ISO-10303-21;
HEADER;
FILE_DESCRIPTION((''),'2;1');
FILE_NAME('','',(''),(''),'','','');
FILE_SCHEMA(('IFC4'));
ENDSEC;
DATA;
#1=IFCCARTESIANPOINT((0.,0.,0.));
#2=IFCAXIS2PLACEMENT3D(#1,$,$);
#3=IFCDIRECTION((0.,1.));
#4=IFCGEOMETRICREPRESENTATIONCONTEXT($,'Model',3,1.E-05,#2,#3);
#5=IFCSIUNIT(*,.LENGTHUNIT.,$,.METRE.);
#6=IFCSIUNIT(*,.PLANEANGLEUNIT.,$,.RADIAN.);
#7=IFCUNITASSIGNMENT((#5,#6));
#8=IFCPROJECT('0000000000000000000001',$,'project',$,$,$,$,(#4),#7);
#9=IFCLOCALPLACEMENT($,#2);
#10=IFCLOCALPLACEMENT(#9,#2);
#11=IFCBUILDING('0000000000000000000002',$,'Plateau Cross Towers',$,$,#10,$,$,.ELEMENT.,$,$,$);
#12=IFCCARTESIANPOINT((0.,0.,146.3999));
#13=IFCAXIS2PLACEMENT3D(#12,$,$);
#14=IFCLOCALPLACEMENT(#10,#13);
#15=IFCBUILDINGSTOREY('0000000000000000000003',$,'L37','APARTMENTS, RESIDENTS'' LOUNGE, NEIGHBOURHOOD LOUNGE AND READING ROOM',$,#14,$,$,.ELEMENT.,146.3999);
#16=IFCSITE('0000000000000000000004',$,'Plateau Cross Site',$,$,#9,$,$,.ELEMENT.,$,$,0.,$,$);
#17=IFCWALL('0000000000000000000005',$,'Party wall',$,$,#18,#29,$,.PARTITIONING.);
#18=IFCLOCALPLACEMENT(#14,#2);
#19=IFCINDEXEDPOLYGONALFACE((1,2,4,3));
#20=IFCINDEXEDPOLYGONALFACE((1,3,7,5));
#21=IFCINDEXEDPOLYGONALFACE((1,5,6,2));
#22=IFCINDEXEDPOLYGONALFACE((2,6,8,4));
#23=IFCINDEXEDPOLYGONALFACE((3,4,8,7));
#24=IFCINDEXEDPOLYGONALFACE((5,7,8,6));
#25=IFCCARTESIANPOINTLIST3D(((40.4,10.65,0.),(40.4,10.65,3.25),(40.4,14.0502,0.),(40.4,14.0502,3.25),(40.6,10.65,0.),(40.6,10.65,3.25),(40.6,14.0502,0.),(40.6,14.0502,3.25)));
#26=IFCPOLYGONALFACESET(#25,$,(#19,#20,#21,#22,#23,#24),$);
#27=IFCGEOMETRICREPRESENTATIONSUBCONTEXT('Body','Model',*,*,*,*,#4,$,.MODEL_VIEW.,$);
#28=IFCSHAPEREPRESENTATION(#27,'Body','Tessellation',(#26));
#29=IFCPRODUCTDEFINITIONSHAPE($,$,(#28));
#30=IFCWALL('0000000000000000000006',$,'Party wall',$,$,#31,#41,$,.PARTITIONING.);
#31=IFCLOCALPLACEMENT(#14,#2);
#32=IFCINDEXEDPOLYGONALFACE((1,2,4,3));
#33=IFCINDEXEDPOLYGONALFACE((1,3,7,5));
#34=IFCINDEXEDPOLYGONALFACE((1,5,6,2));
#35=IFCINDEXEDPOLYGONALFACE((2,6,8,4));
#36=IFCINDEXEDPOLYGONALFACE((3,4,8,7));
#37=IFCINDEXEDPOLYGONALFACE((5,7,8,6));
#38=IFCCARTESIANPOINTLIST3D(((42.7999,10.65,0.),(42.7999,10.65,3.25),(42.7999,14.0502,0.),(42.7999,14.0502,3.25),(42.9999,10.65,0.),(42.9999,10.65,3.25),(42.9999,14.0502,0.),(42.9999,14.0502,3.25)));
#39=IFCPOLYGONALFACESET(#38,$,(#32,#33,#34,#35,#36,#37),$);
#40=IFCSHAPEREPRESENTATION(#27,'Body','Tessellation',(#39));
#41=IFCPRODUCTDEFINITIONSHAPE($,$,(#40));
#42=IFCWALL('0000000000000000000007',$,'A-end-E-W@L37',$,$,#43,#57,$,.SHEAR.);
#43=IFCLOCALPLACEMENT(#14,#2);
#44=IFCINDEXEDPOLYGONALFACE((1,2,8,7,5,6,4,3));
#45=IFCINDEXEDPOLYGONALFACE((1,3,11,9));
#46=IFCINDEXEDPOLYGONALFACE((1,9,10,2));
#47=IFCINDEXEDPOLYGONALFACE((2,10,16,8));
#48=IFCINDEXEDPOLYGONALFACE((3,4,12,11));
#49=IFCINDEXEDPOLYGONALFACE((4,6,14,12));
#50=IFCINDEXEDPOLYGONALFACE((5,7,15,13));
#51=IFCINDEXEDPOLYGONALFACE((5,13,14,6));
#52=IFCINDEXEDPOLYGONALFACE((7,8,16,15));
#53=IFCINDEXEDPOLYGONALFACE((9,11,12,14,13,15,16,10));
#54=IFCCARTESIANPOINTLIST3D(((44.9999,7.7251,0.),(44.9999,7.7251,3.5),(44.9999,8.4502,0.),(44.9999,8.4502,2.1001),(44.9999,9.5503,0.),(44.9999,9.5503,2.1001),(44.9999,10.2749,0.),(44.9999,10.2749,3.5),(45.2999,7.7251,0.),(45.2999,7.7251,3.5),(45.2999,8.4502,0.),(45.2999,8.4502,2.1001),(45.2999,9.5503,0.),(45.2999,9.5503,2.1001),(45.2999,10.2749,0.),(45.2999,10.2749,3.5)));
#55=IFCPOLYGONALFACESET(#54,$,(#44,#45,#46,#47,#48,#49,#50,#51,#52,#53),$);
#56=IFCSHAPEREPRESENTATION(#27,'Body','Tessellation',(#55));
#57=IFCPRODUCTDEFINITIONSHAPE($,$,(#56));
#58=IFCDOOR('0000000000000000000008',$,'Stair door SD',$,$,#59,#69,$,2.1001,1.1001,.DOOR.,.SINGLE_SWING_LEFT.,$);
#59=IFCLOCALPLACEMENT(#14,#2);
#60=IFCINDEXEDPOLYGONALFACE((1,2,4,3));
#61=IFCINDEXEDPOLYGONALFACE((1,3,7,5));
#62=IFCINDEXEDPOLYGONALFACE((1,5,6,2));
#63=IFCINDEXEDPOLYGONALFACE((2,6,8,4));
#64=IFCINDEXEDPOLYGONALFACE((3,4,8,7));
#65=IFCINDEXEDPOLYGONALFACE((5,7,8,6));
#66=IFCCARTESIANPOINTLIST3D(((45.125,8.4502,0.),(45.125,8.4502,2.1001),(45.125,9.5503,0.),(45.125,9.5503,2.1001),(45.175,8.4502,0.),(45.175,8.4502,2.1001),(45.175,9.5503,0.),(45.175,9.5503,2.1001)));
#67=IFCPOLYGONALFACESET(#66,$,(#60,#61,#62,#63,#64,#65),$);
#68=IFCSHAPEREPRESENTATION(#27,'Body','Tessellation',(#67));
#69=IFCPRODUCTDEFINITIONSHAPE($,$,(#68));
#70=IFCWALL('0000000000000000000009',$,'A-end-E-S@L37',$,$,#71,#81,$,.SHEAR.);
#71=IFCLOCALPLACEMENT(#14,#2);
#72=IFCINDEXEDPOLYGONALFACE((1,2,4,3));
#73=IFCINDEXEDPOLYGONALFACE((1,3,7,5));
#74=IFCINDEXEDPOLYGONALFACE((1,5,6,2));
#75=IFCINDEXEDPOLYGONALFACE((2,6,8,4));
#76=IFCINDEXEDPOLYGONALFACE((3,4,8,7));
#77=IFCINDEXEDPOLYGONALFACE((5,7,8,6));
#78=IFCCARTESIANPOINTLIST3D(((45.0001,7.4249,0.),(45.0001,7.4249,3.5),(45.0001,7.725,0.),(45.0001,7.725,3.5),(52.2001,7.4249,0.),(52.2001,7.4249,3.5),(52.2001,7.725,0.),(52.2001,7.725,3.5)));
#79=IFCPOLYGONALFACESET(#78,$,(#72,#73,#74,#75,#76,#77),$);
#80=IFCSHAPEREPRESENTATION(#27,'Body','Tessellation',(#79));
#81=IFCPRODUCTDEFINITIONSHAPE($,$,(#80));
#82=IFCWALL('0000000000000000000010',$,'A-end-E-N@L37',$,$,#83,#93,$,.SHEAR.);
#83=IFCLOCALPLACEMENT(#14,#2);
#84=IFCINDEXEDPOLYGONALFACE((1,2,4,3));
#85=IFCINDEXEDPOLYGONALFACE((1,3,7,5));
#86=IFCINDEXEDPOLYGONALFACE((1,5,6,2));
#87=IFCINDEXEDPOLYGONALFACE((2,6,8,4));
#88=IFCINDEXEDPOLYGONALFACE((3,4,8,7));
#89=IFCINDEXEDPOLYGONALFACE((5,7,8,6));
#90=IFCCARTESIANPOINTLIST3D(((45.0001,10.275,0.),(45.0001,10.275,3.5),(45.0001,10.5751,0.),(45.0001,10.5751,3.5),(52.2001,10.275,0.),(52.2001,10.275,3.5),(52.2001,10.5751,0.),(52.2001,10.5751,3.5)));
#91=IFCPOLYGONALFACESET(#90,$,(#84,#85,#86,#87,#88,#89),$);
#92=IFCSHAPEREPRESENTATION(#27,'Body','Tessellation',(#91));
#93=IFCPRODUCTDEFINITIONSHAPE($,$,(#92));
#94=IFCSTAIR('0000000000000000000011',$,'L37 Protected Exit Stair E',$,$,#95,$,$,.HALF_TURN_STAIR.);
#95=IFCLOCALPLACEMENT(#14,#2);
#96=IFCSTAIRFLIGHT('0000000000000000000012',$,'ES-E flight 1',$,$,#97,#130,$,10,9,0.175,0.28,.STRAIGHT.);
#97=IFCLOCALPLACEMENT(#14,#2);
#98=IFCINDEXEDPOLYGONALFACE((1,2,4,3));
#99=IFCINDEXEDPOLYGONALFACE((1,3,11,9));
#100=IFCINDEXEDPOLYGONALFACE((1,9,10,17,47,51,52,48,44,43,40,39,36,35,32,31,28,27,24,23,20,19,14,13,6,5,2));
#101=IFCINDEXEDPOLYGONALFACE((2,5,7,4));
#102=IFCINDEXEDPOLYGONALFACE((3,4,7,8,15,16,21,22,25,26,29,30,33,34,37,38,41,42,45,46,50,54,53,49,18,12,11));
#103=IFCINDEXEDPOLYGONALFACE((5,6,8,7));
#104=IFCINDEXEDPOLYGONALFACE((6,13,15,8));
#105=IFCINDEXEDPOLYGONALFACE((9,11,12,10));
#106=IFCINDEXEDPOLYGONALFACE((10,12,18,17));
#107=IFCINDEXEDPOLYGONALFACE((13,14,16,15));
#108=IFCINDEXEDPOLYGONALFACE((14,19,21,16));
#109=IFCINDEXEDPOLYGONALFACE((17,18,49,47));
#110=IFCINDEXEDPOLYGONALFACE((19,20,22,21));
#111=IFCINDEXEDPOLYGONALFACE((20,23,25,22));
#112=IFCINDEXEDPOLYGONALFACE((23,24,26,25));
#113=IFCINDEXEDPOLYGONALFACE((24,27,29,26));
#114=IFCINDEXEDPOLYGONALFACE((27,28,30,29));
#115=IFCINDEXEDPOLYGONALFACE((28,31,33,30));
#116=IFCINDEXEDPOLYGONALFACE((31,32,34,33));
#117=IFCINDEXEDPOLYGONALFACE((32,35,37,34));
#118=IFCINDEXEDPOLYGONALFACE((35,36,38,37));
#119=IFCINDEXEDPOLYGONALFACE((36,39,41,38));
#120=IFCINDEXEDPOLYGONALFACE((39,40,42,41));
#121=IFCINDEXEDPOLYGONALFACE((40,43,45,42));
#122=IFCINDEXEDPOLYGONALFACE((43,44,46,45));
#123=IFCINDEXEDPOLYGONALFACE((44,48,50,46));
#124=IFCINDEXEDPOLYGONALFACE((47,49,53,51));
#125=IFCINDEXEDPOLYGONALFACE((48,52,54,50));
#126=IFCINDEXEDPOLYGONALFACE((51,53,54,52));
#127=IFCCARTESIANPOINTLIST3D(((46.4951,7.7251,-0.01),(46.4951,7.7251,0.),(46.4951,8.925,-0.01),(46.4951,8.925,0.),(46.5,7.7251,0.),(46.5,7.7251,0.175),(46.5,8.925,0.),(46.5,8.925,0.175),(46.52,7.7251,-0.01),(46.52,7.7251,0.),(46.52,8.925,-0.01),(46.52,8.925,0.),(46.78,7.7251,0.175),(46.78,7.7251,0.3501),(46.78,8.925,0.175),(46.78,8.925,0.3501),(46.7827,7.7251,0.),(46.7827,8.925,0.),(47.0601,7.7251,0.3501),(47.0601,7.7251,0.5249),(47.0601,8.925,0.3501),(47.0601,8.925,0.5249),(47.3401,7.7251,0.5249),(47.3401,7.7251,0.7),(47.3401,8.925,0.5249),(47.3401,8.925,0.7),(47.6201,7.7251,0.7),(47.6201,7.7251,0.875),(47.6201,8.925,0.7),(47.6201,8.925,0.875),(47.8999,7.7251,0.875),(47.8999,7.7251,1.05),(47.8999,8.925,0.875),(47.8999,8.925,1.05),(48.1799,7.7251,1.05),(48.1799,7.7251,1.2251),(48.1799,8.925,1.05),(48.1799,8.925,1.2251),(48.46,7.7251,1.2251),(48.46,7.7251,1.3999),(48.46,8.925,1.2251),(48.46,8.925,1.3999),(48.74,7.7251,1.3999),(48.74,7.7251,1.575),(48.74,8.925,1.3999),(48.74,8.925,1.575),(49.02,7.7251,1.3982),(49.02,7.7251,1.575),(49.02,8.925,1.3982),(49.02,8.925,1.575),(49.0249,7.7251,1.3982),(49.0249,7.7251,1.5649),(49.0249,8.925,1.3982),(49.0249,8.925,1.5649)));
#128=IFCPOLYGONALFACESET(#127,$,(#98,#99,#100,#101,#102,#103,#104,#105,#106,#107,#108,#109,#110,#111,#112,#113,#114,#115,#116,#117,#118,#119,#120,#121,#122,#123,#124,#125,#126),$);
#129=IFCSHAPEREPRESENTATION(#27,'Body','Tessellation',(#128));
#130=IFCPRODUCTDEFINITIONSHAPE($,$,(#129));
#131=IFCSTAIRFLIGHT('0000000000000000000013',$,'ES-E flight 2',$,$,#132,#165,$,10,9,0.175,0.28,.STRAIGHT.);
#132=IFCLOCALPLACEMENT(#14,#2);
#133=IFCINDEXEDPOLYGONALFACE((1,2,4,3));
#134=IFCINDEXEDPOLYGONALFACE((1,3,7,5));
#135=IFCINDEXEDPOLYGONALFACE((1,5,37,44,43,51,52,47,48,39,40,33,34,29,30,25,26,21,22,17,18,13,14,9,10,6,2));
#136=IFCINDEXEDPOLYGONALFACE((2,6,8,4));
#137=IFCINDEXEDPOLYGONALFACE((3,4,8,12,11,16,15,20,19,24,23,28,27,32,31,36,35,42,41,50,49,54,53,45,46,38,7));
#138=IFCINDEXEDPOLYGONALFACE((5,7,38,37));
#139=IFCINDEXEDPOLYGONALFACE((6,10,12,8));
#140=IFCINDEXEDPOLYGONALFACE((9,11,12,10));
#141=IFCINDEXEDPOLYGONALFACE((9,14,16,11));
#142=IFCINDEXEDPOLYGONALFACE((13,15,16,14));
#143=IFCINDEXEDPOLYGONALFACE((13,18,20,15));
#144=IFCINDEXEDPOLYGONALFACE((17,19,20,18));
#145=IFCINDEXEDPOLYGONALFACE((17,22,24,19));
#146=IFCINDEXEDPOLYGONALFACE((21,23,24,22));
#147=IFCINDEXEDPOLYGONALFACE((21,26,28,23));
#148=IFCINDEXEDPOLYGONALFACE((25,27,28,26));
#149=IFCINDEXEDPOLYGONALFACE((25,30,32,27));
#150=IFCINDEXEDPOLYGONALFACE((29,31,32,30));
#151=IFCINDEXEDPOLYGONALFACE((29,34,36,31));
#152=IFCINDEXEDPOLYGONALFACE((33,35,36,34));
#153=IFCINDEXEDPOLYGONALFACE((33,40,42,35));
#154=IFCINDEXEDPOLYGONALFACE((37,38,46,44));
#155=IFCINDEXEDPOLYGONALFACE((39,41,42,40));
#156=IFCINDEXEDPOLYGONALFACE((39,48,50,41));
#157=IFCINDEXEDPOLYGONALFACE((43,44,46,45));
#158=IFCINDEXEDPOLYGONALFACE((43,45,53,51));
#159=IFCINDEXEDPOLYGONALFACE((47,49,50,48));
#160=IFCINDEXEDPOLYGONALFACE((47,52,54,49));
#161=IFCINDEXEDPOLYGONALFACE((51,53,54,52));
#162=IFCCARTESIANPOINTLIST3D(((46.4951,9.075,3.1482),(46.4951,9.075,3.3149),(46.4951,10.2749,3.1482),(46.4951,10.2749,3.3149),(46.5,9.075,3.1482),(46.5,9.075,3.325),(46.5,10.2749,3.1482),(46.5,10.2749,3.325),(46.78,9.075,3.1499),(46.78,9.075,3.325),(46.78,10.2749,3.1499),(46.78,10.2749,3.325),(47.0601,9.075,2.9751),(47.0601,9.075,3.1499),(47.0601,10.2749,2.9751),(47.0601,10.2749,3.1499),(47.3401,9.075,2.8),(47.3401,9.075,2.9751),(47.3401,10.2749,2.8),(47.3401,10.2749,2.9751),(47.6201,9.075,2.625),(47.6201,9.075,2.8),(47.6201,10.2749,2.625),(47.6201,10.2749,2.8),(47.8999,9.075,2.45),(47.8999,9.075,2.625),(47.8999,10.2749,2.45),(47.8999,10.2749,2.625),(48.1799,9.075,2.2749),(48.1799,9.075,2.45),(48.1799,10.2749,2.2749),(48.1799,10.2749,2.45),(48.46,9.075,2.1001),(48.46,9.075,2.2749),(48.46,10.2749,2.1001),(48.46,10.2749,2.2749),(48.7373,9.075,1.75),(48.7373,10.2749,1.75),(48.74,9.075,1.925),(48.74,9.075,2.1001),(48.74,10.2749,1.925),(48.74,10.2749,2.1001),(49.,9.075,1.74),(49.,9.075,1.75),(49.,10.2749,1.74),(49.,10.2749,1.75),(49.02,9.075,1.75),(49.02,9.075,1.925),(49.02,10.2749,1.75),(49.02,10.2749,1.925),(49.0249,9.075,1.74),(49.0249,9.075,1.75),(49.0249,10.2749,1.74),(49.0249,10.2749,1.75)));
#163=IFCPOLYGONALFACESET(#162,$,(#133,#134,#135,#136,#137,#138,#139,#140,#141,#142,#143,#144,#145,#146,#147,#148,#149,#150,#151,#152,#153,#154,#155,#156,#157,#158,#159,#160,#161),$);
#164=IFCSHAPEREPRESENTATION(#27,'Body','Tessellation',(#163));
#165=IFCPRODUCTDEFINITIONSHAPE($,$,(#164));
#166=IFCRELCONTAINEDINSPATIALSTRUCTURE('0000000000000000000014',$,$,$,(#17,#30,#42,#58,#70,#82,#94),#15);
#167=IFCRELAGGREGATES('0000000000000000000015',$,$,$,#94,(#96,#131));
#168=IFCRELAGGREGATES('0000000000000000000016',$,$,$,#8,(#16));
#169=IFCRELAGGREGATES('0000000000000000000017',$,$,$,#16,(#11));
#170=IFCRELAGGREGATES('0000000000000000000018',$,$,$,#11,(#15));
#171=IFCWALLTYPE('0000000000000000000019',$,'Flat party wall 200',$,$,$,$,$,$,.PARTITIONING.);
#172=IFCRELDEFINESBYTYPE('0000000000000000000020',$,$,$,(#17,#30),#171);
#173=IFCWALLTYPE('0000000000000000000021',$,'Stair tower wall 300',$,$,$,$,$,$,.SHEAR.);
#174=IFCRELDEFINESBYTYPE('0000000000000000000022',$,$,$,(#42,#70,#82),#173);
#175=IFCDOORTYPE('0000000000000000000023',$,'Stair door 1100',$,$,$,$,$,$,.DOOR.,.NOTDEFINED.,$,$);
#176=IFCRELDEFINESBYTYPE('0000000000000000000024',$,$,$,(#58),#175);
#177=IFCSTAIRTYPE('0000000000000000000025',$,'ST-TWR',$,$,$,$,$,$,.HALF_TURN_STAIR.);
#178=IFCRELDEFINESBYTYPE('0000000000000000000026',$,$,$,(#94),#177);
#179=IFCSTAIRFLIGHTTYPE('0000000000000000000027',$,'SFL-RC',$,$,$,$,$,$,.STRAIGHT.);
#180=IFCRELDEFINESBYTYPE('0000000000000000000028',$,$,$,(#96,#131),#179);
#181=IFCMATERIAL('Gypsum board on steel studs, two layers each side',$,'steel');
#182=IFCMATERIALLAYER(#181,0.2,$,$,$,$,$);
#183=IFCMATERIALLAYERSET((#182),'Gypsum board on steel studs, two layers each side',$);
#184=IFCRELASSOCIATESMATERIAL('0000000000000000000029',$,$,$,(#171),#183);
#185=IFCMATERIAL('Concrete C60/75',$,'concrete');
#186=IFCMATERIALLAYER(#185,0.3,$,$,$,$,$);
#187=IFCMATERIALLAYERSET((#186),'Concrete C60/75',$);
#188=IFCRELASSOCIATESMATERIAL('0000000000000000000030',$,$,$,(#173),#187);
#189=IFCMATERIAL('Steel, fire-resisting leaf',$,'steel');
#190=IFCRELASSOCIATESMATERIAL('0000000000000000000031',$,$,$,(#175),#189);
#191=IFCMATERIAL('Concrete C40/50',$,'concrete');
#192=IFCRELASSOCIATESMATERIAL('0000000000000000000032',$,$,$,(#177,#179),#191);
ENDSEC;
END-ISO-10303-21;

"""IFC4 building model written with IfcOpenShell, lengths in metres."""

from ifc_helpers import new_model, si_unit, direction, frame, frame_2d, origin, place, context, subcontext, project, spatial, polyline, rectangle, outline, extrude, material, layer, layer_set, type_object, element, fill, aggregate, save


model = new_model("IFC4")

# Units and contexts
model_context = context("Model", 3, precision=1e-05, world=origin(), true_north=direction((0.0, 1.0)))
body_context = subcontext(model_context, "Body", "Model", "MODEL_VIEW")
ifc_project = project(units=[si_unit("LENGTHUNIT", "METRE"), si_unit("PLANEANGLEUNIT", "RADIAN")], contexts=[model_context])

# Site, building, storey
site_placement = place(None, origin())
site = spatial("IfcSite", under=ifc_project, at=site_placement, Name="Plateau Cross Site", CompositionType="ELEMENT", RefElevation=0.0)
building_placement = place(site_placement, origin())
building = spatial("IfcBuilding", under=site, at=building_placement, Name="Plateau Cross Towers", CompositionType="ELEMENT")
storey_placement = place(building_placement, frame((0.0, 0.0, 146.3999)))
storey = spatial("IfcBuildingStorey", under=building, at=storey_placement, Name="L37", Description="APARTMENTS, RESIDENTS' LOUNGE, NEIGHBOURHOOD LOUNGE AND READING ROOM", CompositionType="ELEMENT", Elevation=146.3999)

# Walls
ifc_material_1 = material(Name="Gypsum board on steel studs, two layers each side", Category="steel")
ifc_layer_1 = layer(ifc_material_1, 0.2)
ifc_layer_set_1 = layer_set([ifc_layer_1], Name="Gypsum board on steel studs, two layers each side")
wall_type_1 = type_object("IfcWallType", Name="Flat party wall 200", PredefinedType="PARTITIONING", material=ifc_layer_set_1)
for number, where, z_axis, x_axis, name in (
    (1, (40.5, 10.6499, 0.0), (0.0, 0.0, 1.0), (0.0, 1.0, 0.0), "Party wall"),
    (2, (42.8999, 10.6499, 0.0), (0.0, 0.0, 1.0), (0.0, 1.0, 0.0), "Party wall"),
):
    element("IfcWall", number, at=place(storey_placement, frame(where, z_axis=z_axis, x_axis=x_axis)), inside=storey, type_object=wall_type_1, Name=name, PredefinedType="PARTITIONING", context=body_context, shape_type="SweptSolid", body=[
        extrude(rectangle(XDim=3.4001, YDim=0.2, at=frame_2d((1.7002, 0.0))), origin(), (0.0, 0.0, 1.0), 3.25),
    ])

# Wall, opening, door
ifc_material_2 = material(Name="Concrete C60/75", Category="concrete")
ifc_layer_2 = layer(ifc_material_2, 0.3)
ifc_layer_set_2 = layer_set([ifc_layer_2], Name="Concrete C60/75")
wall_type_2 = type_object("IfcWallType", Name="Stair tower wall 300", PredefinedType="SHEAR", material=ifc_layer_set_2)
wall_1_placement = place(storey_placement, frame((45.1499, 7.7251, 0.0), z_axis=(0.0, 0.0, 1.0), x_axis=(0.0, 1.0, 0.0)))
wall_1 = element("IfcWall", 3, at=wall_1_placement, inside=storey, type_object=wall_type_2, Name="A-end-E-W@L37", PredefinedType="SHEAR", context=body_context, shape_type="SweptSolid", body=[
    extrude(rectangle(XDim=2.5498, YDim=0.3, at=frame_2d((1.2749, 0.0))), origin(), (0.0, 0.0, 1.0), 3.5),
])
opening_1_placement = place(wall_1_placement, frame((0.7251, 0.0, 0.0)))
opening_1 = element("IfcOpeningElement", 4, at=opening_1_placement, cuts=wall_1, PredefinedType="OPENING", context=body_context, shape_type="SweptSolid", body=[
    extrude(rectangle(XDim=1.1001, YDim=2.1001, at=frame_2d((0.55, 1.05))), frame((0.0, 0.1599, 0.0), z_axis=(0.0, -1.0, 0.0), x_axis=(1.0, 0.0, 0.0)), (0.0, 0.0, 1.0), 0.3201),
])
ifc_material_3 = material(Name="Steel, fire-resisting leaf", Category="steel")
door_type_1 = type_object("IfcDoorType", Name="Stair door 1100", OperationType="NOTDEFINED", PredefinedType="DOOR", material=ifc_material_3)
door_1_placement = place(opening_1_placement, origin())
door_1 = element("IfcDoor", 5, at=door_1_placement, inside=storey, type_object=door_type_1, Name="Stair door SD", OperationType="SINGLE_SWING_LEFT", OverallHeight=2.1001, OverallWidth=1.1001, PredefinedType="DOOR", context=body_context, shape_type="SweptSolid", body=[
    extrude(rectangle(XDim=1.1001, YDim=2.1001, at=frame_2d((0.55, 1.05))), frame((0.0, 0.0249, 0.0), z_axis=(0.0, -1.0, 0.0), x_axis=(1.0, 0.0, 0.0)), (0.0, 0.0, 1.0), 0.05),
])
fill(opening_1, door_1)

# Walls
for number, where, z_axis, x_axis, name in (
    (6, (45.0, 7.575, 0.0), (0.0, 0.0, 1.0), (1.0, 0.0, 0.0), "A-end-E-S@L37"),
    (7, (45.0, 10.425, 0.0), (0.0, 0.0, 1.0), (1.0, 0.0, 0.0), "A-end-E-N@L37"),
):
    element("IfcWall", number, at=place(storey_placement, frame(where, z_axis=z_axis, x_axis=x_axis)), inside=storey, type_object=wall_type_2, Name=name, PredefinedType="SHEAR", context=body_context, shape_type="SweptSolid", body=[
        extrude(rectangle(XDim=7.2, YDim=0.3, at=frame_2d((3.6001, 0.0))), origin(), (0.0, 0.0, 1.0), 3.5),
    ])

# Stair, stair flights
ifc_material_4 = material(Name="Concrete C40/50", Category="concrete")
stair_type = type_object("IfcStairType", Name="ST-TWR", PredefinedType="HALF_TURN_STAIR", material=ifc_material_4)
stair_placement = place(storey_placement, origin())
stair = element("IfcStair", 8, at=stair_placement, inside=storey, type_object=stair_type, Name="L37 Protected Exit Stair E", PredefinedType="HALF_TURN_STAIR")
stair_flight_type = type_object("IfcStairFlightType", Name="SFL-RC", PredefinedType="STRAIGHT", material=ifc_material_4)
stair_flight_1_placement = place(storey_placement, frame((46.5, 8.325, 0.0), z_axis=(0.0, 0.0, 1.0), x_axis=(1.0, 0.0, 0.0)))
stair_flight_1 = element("IfcStairFlight", 9, at=stair_flight_1_placement, type_object=stair_flight_type, Name="ES-E flight 1", NumberOfRisers=10, NumberOfTreads=9, PredefinedType="STRAIGHT", RiserHeight=0.175, TreadLength=0.28, context=body_context, shape_type="SweptSolid", body=[
    extrude(outline(polyline([(-0.0049, -0.01), (-0.0049, 0.0), (0.0, 0.0), (0.0, 0.175), (0.28, 0.175), (0.28, 0.3501), (0.5601, 0.3501), (0.5601, 0.5249), (0.8401, 0.5249), (0.8401, 0.7), (1.1201, 0.7), (1.1201, 0.875), (1.3999, 0.875), (1.3999, 1.05), (1.6799, 1.05), (1.6799, 1.2251), (1.96, 1.2251), (1.96, 1.3999), (2.24, 1.3999), (2.24, 1.575), (2.52, 1.575), (2.5249, 1.5649), (2.5249, 1.3982), (2.52, 1.3982), (0.2827, 0.0), (0.02, 0.0), (0.02, -0.01), (-0.0049, -0.01)])), frame((0.0, 0.6001, 0.0), z_axis=(0.0, -1.0, 0.0), x_axis=(1.0, 0.0, 0.0)), (0.0, 0.0, 1.0), 1.2),
])
stair_flight_2_placement = place(storey_placement, frame((49.02, 9.675, 1.75), z_axis=(0.0, 0.0, 1.0), x_axis=(-1.0, 0.0, 0.0)))
stair_flight_2 = element("IfcStairFlight", 10, at=stair_flight_2_placement, type_object=stair_flight_type, Name="ES-E flight 2", NumberOfRisers=10, NumberOfTreads=9, PredefinedType="STRAIGHT", RiserHeight=0.175, TreadLength=0.28, context=body_context, shape_type="SweptSolid", body=[
    extrude(outline(polyline([(-0.0049, -0.01), (-0.0049, 0.0), (0.0, 0.0), (0.0, 0.175), (0.28, 0.175), (0.28, 0.3501), (0.5601, 0.3501), (0.5601, 0.5249), (0.8401, 0.5249), (0.8401, 0.7), (1.1201, 0.7), (1.1201, 0.875), (1.3999, 0.875), (1.3999, 1.05), (1.6799, 1.05), (1.6799, 1.2251), (1.96, 1.2251), (1.96, 1.3999), (2.24, 1.3999), (2.24, 1.575), (2.52, 1.575), (2.5249, 1.5649), (2.5249, 1.3982), (2.52, 1.3982), (0.2827, 0.0), (0.02, 0.0), (0.02, -0.01), (-0.0049, -0.01)])), frame((0.0, 0.6001, 0.0), z_axis=(0.0, -1.0, 0.0), x_axis=(1.0, 0.0, 0.0)), (0.0, 0.0, 1.0), 1.2),
])
aggregate(stair, [stair_flight_1, stair_flight_2])

save(model, "model.ifc")
